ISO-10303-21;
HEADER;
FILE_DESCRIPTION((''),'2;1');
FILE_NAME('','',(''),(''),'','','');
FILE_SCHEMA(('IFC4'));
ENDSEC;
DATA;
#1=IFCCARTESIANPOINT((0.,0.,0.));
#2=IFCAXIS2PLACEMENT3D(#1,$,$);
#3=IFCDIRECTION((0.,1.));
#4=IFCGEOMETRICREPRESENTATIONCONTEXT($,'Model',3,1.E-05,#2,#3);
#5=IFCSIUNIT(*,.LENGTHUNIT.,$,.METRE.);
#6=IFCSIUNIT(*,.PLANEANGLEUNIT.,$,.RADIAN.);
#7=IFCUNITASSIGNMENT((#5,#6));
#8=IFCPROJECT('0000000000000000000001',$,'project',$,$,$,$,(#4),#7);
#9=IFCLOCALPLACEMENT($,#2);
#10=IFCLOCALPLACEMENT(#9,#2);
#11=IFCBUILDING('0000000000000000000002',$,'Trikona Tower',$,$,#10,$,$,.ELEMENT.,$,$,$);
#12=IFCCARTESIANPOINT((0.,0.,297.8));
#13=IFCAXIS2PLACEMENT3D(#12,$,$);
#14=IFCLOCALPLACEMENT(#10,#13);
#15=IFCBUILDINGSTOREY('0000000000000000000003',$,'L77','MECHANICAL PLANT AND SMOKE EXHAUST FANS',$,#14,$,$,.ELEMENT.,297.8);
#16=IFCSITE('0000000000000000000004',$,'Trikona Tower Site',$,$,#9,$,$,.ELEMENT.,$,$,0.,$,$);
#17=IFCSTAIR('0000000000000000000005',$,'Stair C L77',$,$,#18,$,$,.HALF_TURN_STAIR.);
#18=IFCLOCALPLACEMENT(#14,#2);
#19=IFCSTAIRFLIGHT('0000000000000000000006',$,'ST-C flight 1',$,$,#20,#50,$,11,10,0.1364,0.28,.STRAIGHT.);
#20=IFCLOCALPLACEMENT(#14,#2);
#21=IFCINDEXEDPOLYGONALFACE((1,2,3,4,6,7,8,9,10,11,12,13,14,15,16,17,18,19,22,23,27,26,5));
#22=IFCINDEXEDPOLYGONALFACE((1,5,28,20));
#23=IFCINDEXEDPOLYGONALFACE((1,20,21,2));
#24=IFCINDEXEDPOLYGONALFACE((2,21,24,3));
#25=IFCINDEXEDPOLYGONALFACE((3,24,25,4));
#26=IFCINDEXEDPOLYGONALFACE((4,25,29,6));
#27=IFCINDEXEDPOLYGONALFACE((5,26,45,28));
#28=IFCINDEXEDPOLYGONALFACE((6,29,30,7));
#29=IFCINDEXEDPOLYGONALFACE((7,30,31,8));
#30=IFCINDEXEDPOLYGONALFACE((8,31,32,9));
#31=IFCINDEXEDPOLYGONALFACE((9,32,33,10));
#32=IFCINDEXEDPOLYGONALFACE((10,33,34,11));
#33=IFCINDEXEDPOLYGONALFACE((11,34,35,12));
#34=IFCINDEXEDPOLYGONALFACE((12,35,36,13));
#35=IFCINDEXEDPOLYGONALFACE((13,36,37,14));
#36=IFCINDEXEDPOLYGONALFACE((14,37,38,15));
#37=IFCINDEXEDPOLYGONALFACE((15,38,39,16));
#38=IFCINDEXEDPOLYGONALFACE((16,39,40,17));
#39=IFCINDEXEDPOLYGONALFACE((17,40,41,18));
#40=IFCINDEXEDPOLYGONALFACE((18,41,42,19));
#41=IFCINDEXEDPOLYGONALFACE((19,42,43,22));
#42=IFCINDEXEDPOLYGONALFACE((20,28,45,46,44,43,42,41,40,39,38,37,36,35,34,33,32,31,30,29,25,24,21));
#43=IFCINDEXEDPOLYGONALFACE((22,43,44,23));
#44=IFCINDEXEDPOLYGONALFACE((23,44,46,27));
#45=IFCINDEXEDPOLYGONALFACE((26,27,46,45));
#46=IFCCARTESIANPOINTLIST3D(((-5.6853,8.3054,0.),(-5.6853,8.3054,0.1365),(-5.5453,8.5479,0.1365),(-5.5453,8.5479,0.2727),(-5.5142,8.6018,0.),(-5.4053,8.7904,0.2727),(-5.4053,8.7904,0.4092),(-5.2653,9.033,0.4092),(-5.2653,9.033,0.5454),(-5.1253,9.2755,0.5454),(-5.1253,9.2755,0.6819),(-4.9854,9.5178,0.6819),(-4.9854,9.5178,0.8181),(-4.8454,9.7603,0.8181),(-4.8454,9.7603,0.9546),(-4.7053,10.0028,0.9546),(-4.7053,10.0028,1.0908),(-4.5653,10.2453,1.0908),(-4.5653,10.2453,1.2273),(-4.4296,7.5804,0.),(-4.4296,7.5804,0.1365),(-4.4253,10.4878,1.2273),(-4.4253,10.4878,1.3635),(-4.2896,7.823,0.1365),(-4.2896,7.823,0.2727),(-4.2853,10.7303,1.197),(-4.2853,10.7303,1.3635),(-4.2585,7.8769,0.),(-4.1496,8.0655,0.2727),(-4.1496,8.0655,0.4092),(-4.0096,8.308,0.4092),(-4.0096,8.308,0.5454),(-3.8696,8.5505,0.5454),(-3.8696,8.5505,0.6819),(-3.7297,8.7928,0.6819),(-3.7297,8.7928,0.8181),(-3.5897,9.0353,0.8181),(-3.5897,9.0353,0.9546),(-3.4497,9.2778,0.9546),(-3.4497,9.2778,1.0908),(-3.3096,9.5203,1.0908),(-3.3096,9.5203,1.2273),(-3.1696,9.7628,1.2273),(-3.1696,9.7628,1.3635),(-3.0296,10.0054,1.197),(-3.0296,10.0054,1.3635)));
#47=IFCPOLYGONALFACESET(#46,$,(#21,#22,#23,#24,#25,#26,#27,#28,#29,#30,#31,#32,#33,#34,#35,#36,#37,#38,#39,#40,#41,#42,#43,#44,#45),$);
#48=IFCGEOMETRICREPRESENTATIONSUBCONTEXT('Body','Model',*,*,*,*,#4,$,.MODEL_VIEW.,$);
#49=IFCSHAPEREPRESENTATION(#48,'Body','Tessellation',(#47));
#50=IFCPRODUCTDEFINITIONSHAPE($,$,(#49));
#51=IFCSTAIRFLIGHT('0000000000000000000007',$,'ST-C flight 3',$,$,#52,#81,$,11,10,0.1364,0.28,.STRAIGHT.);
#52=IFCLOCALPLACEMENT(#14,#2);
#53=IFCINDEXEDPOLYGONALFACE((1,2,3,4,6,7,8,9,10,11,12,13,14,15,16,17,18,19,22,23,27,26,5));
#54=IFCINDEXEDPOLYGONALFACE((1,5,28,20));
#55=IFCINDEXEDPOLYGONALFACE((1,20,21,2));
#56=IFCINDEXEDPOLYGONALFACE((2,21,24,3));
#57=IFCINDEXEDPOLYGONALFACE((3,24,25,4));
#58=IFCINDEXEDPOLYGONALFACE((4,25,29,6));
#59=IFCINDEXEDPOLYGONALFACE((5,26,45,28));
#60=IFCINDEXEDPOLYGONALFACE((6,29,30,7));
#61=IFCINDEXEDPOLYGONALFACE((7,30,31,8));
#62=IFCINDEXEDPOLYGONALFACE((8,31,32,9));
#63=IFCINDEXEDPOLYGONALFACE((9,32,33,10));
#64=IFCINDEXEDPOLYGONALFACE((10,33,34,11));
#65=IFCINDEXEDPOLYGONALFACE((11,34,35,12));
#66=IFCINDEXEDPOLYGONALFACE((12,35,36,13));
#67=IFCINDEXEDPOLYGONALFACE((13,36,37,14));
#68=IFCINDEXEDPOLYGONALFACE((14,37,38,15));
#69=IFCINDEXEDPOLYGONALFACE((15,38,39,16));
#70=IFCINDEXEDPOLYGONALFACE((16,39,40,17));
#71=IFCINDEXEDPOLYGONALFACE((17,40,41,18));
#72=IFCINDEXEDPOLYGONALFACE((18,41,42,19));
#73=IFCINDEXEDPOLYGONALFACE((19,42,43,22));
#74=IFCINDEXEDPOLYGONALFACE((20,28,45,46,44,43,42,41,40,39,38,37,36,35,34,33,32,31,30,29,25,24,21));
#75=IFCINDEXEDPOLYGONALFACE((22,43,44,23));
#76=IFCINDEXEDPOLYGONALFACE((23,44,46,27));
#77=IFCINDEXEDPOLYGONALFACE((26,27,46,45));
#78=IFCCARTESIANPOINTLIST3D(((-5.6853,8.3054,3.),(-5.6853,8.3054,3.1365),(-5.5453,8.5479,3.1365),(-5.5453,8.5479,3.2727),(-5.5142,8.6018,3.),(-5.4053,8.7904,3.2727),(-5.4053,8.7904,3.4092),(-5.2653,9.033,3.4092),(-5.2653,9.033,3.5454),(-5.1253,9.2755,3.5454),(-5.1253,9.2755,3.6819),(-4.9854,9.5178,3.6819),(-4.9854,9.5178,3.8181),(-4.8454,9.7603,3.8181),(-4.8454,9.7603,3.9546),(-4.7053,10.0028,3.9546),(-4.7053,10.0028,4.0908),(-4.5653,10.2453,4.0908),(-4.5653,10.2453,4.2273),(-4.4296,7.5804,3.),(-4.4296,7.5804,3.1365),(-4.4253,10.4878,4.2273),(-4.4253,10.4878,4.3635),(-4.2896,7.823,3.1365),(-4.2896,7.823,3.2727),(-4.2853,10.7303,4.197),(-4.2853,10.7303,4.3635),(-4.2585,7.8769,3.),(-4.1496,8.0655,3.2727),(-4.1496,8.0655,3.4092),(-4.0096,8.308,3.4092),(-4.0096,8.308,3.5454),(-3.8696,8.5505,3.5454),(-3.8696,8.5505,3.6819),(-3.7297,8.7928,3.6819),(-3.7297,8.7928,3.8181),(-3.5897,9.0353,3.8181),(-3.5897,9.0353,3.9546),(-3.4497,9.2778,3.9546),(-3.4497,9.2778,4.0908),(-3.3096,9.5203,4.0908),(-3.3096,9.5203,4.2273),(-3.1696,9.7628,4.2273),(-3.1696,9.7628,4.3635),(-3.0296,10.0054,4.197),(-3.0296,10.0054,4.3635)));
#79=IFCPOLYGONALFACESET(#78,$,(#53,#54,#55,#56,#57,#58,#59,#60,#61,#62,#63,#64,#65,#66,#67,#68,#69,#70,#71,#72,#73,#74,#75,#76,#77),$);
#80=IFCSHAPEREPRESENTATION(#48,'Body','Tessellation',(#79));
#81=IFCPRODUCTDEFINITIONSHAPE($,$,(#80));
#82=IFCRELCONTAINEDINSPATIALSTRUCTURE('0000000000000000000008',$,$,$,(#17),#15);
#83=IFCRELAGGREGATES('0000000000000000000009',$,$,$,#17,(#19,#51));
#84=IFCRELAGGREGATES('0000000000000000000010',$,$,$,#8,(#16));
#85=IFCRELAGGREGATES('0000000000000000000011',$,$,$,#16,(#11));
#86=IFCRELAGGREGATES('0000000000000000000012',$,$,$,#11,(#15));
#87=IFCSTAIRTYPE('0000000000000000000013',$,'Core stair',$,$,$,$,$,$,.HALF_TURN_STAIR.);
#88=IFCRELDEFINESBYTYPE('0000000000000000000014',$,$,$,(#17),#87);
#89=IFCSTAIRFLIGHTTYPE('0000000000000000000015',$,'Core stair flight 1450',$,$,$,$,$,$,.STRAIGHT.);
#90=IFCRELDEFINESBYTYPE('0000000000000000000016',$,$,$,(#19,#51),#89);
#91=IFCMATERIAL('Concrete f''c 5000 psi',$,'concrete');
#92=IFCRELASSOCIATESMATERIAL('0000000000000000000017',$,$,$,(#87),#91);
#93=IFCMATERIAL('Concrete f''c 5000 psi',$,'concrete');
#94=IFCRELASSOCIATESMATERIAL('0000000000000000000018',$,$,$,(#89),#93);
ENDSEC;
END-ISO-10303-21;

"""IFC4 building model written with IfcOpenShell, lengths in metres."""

from ifc_helpers import new_model, si_unit, direction, frame, origin, place, context, subcontext, project, spatial, polyline, outline, extrude, material, type_object, element, aggregate, save


model = new_model("IFC4")

# Units and contexts
model_context = context("Model", 3, precision=1e-05, world=origin(), true_north=direction((0.0, 1.0)))
body_context = subcontext(model_context, "Body", "Model", "MODEL_VIEW")
ifc_project = project(units=[si_unit("LENGTHUNIT", "METRE"), si_unit("PLANEANGLEUNIT", "RADIAN")], contexts=[model_context])

# Site, building, storey
site_placement = place(None, origin())
site = spatial("IfcSite", under=ifc_project, at=site_placement, Name="Trikona Tower Site", CompositionType="ELEMENT", RefElevation=0.0)
building_placement = place(site_placement, origin())
building = spatial("IfcBuilding", under=site, at=building_placement, Name="Trikona Tower", CompositionType="ELEMENT")
storey_placement = place(building_placement, frame((0.0, 0.0, 297.8)))
storey = spatial("IfcBuildingStorey", under=building, at=storey_placement, Name="L77", Description="MECHANICAL PLANT AND SMOKE EXHAUST FANS", CompositionType="ELEMENT", Elevation=297.8)

# Stair, stair flights
ifc_material_1 = material(Name="Concrete f'c 5000 psi", Category="concrete")
stair_type = type_object("IfcStairType", Name="Core stair", PredefinedType="HALF_TURN_STAIR", material=ifc_material_1)
stair_placement = place(storey_placement, origin())
stair = element("IfcStair", 1, at=stair_placement, inside=storey, type_object=stair_type, Name="Stair C L77", PredefinedType="HALF_TURN_STAIR")
ifc_material_2 = material(Name="Concrete f'c 5000 psi", Category="concrete")
stair_flight_type = type_object("IfcStairFlightType", Name="Core stair flight 1450", PredefinedType="STRAIGHT", material=ifc_material_2)
stair_flight_1_placement = place(storey_placement, frame((-5.0574, 7.9429, 0.0), z_axis=(0.0, 0.0, 1.0), x_axis=(0.5, 0.866025, 0.0)))
stair_flight_1 = element("IfcStairFlight", 2, at=stair_flight_1_placement, type_object=stair_flight_type, Name="ST-C flight 1", NumberOfRisers=11, NumberOfTreads=10, PredefinedType="STRAIGHT", RiserHeight=0.1364, TreadLength=0.28, context=body_context, shape_type="SweptSolid", body=[
    extrude(outline(polyline([(0.0, 0.0), (0.0, 0.1365), (0.28, 0.1365), (0.28, 0.2727), (0.5601, 0.2727), (0.5601, 0.4092), (0.8401, 0.4092), (0.8401, 0.5454), (1.1201, 0.5454), (1.1201, 0.6819), (1.3999, 0.6819), (1.3999, 0.8181), (1.6799, 0.8181), (1.6799, 0.9546), (1.96, 0.9546), (1.96, 1.0908), (2.24, 1.0908), (2.24, 1.2273), (2.52, 1.2273), (2.52, 1.3635), (2.8, 1.3635), (2.8, 1.5), (2.8, 1.197), (0.3423, 0.0), (0.0, 0.0)])), frame((0.0, 0.7251, 0.0), z_axis=(0.0, -1.0, 0.0), x_axis=(1.0, 0.0, 0.0)), (0.0, 0.0, 1.0), 1.45),
])
stair_flight_2_placement = place(storey_placement, frame((-5.0574, 7.9429, 3.0), z_axis=(0.0, 0.0, 1.0), x_axis=(0.5, 0.866025, 0.0)))
stair_flight_2 = element("IfcStairFlight", 3, at=stair_flight_2_placement, type_object=stair_flight_type, Name="ST-C flight 3", NumberOfRisers=11, NumberOfTreads=10, PredefinedType="STRAIGHT", RiserHeight=0.1364, TreadLength=0.28, context=body_context, shape_type="SweptSolid", body=[
    extrude(outline(polyline([(0.0, 0.0), (0.0, 0.1365), (0.28, 0.1365), (0.28, 0.2727), (0.5601, 0.2727), (0.5601, 0.4092), (0.8401, 0.4092), (0.8401, 0.5454), (1.1201, 0.5454), (1.1201, 0.6819), (1.3999, 0.6819), (1.3999, 0.8181), (1.6799, 0.8181), (1.6799, 0.9546), (1.96, 0.9546), (1.96, 1.0908), (2.24, 1.0908), (2.24, 1.2273), (2.52, 1.2273), (2.52, 1.3635), (2.8, 1.3635), (2.8, 1.5), (2.8, 1.197), (0.3423, 0.0), (0.0, 0.0)])), frame((0.0, 0.7251, 0.0), z_axis=(0.0, -1.0, 0.0), x_axis=(1.0, 0.0, 0.0)), (0.0, 0.0, 1.0), 1.45),
])
aggregate(stair, [stair_flight_1, stair_flight_2])

save(model, "model.ifc")
